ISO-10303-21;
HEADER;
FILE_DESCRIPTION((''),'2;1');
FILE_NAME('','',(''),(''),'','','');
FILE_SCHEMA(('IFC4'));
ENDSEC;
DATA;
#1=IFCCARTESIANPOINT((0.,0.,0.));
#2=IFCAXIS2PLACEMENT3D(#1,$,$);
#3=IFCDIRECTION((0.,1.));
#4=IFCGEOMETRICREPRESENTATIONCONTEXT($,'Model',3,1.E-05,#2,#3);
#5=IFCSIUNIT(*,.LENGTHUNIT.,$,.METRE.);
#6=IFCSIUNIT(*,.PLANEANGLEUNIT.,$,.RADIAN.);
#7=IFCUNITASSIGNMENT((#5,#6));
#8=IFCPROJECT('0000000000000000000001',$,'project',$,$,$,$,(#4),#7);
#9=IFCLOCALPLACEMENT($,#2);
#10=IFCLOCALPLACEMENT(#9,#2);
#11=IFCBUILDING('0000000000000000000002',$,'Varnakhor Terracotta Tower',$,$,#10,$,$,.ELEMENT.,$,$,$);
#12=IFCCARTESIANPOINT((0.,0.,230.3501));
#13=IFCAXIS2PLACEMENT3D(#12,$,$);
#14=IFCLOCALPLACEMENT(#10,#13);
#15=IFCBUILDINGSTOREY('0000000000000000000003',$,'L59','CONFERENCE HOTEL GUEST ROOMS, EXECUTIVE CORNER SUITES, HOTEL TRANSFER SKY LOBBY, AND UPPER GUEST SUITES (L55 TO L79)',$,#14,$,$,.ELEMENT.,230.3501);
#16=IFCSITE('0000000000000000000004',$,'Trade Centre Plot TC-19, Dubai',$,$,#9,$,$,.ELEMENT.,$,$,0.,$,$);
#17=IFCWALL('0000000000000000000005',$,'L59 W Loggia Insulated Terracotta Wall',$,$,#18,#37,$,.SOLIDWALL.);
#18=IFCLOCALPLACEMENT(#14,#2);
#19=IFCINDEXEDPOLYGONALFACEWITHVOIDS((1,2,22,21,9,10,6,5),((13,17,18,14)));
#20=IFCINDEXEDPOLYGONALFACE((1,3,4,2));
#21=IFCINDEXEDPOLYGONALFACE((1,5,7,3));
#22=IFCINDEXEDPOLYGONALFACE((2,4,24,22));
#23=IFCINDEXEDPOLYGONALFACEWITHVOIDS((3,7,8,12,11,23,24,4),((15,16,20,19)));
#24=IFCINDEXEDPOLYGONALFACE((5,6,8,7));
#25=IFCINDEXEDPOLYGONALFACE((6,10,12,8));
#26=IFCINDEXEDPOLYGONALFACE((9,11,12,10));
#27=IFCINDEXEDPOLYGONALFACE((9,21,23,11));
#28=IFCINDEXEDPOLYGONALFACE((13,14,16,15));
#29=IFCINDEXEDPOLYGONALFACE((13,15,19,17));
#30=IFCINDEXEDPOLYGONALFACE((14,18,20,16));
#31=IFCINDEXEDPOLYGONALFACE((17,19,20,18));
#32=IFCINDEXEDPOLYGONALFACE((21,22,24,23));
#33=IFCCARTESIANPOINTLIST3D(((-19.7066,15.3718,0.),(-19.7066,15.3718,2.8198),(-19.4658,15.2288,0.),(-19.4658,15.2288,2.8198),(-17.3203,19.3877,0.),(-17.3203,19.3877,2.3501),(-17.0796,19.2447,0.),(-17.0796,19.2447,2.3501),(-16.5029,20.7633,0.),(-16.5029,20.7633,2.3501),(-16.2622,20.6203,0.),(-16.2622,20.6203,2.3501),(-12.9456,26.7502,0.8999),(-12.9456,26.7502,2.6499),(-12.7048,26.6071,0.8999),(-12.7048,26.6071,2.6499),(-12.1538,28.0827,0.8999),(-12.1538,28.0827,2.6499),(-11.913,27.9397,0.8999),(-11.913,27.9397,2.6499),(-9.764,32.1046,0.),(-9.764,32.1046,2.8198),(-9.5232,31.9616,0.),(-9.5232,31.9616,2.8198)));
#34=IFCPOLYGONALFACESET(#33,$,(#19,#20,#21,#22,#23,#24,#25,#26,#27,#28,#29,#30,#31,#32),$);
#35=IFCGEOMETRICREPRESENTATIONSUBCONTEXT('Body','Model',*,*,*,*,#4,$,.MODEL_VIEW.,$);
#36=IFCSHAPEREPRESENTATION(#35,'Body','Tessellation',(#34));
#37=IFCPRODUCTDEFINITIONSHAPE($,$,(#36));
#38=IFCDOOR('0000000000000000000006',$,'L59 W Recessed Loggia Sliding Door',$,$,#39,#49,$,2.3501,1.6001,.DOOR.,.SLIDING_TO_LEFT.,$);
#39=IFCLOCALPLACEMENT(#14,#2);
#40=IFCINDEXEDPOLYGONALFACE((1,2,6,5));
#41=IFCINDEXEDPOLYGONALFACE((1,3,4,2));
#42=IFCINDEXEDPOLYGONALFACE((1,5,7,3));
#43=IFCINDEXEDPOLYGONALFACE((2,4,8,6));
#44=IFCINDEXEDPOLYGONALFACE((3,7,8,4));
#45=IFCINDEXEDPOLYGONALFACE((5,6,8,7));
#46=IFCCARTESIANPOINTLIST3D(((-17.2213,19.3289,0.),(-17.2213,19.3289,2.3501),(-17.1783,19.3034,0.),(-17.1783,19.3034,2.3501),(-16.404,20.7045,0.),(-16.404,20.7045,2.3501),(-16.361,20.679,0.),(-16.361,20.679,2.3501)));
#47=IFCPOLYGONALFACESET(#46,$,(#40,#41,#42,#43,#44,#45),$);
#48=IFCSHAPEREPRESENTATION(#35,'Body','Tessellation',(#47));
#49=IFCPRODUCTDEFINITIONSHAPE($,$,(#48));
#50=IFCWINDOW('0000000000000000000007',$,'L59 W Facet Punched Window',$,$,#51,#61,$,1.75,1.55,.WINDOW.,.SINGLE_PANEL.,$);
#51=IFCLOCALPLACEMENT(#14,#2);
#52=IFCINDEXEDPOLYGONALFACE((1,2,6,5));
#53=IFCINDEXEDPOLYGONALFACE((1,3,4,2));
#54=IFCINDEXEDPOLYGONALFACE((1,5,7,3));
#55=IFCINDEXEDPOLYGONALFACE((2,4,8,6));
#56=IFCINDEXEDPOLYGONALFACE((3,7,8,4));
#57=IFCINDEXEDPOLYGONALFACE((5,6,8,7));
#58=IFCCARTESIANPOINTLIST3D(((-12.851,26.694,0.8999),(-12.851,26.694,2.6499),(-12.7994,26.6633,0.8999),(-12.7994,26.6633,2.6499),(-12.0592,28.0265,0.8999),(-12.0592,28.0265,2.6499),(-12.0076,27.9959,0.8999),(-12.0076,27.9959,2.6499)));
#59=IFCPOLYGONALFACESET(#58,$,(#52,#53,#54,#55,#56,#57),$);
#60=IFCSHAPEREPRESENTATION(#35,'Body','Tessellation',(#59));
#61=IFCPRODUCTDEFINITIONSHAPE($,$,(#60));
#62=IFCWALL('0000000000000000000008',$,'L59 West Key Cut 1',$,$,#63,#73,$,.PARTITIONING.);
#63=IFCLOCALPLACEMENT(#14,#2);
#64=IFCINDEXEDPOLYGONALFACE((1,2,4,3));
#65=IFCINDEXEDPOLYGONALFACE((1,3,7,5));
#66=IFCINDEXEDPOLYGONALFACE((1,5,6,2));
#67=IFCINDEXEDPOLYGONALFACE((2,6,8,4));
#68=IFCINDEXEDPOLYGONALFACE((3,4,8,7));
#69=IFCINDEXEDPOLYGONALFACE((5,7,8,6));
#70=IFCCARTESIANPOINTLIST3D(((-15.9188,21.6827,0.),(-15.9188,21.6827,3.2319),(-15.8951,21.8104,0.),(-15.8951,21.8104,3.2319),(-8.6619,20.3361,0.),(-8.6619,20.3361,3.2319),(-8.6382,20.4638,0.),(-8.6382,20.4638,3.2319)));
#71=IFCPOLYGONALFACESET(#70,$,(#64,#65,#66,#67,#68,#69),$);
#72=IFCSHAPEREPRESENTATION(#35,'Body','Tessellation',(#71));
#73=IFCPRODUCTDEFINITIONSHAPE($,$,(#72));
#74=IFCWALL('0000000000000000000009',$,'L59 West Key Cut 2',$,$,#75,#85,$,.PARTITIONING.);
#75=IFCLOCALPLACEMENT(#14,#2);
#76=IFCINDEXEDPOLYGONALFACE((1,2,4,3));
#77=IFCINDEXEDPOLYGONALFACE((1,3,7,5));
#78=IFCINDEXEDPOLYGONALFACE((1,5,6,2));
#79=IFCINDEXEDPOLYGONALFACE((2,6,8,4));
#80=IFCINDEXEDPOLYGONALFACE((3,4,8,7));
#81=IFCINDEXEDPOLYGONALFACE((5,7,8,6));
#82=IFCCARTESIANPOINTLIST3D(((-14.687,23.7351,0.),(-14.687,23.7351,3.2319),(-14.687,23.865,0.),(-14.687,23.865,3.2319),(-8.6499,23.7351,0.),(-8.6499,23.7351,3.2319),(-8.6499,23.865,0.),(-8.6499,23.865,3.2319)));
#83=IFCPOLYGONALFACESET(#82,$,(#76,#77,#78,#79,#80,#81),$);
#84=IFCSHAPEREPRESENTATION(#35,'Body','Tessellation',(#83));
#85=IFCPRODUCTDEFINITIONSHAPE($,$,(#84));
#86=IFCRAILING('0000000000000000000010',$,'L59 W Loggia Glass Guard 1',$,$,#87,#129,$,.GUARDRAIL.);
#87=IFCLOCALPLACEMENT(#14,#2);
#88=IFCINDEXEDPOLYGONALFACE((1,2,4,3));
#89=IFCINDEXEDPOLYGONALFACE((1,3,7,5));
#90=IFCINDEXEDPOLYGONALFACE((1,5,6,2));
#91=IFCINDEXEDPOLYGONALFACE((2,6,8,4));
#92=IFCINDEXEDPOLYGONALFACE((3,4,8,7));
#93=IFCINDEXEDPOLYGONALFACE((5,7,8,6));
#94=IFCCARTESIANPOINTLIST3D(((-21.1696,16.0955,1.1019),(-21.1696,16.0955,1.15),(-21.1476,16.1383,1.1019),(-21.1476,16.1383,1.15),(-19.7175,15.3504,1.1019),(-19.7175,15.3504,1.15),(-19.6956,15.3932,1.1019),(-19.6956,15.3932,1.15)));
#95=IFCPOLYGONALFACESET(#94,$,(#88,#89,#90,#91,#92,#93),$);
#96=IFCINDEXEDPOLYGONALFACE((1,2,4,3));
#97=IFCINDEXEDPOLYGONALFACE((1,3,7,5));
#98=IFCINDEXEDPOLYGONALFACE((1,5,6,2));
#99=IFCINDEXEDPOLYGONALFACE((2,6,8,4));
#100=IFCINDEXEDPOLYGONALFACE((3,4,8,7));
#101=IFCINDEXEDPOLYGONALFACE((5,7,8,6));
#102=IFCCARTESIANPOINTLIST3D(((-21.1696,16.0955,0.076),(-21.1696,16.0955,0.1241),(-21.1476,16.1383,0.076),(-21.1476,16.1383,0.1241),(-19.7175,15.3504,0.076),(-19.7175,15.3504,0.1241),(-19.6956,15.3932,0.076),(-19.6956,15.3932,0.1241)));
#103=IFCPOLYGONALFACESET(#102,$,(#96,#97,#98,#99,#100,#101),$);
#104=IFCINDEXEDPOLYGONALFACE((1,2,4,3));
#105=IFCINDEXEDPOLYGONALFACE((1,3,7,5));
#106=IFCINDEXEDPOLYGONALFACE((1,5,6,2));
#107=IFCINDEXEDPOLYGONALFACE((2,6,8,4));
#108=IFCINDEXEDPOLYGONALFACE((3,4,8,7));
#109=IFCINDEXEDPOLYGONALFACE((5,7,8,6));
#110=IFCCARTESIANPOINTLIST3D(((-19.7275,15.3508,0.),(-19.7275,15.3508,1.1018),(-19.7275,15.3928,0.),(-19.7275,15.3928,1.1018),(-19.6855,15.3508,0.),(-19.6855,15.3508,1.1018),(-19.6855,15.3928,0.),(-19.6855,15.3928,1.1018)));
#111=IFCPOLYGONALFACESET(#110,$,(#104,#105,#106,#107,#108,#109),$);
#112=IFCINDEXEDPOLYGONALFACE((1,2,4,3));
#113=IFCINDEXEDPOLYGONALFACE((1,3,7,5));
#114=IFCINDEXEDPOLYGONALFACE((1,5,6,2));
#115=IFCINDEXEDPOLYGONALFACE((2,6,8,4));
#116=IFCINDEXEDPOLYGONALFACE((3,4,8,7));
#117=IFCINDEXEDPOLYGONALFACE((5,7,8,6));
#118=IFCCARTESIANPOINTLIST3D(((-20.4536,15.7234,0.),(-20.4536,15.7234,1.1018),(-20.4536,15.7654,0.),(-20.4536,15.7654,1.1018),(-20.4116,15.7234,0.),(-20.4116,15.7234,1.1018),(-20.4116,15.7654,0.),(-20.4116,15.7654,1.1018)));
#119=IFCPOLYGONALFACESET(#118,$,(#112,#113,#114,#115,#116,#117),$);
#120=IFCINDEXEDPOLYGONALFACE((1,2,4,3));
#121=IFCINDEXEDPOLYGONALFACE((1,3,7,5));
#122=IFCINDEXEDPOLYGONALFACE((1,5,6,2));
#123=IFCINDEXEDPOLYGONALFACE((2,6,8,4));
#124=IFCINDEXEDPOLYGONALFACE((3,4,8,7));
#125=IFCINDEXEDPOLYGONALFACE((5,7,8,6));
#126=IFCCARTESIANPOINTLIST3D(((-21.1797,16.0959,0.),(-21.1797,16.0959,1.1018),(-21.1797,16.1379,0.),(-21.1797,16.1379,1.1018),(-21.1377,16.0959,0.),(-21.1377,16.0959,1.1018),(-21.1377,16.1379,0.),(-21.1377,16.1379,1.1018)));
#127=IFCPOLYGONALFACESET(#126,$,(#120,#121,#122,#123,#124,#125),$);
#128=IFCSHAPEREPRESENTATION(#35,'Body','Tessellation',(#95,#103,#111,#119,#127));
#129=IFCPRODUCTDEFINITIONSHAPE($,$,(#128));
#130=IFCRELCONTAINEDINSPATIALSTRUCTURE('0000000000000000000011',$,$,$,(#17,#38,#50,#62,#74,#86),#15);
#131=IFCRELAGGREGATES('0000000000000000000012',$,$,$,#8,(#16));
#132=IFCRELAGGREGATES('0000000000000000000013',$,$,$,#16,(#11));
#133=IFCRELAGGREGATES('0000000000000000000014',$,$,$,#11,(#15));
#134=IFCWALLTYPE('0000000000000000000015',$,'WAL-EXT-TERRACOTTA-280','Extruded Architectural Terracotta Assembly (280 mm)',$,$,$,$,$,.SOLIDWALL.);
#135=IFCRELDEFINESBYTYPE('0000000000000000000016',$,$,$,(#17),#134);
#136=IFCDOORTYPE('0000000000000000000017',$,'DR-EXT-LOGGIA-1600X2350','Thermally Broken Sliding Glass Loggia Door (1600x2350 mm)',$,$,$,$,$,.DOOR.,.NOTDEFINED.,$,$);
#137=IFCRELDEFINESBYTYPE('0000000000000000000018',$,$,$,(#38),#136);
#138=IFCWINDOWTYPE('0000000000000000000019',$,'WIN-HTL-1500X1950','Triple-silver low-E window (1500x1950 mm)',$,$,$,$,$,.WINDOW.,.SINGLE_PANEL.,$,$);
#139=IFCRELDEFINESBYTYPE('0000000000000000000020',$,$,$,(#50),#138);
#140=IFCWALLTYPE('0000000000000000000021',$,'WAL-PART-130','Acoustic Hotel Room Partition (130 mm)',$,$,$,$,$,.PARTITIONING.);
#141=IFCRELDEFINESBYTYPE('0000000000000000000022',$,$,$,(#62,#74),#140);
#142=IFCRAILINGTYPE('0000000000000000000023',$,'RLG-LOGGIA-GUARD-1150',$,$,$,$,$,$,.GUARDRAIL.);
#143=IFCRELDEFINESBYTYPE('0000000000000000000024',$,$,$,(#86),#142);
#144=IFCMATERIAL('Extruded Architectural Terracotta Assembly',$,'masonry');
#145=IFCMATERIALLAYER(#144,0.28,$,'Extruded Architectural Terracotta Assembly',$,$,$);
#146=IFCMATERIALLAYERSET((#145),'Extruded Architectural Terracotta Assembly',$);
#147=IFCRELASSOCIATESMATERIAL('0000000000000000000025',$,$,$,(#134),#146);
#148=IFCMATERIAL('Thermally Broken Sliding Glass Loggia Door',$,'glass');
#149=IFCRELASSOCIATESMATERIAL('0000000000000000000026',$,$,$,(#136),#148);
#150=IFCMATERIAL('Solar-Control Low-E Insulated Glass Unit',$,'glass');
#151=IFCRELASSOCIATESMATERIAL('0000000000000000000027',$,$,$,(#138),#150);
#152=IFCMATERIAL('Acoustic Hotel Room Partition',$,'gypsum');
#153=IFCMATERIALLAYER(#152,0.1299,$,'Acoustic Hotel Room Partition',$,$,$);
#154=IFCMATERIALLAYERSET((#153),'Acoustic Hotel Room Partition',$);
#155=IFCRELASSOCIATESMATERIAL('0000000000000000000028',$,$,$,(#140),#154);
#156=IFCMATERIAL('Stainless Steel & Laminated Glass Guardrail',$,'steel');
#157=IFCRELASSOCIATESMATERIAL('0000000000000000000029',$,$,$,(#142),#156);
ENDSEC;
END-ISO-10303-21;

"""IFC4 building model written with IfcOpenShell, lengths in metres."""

from ifc_helpers import new_model, si_unit, direction, frame, frame_2d, origin, origin_2d, place, context, subcontext, project, spatial, rectangle, extrude, source, transform, mapped, material, layer, layer_set, type_object, type_shapes, element, fill, save


model = new_model("IFC4")

# Units and contexts
model_context = context("Model", 3, precision=1e-05, world=origin(), true_north=direction((0.0, 1.0)))
body_context = subcontext(model_context, "Body", "Model", "MODEL_VIEW")
ifc_project = project(units=[si_unit("LENGTHUNIT", "METRE"), si_unit("PLANEANGLEUNIT", "RADIAN")], contexts=[model_context])

# Site, building, storey
site_placement = place(None, origin())
site = spatial("IfcSite", under=ifc_project, at=site_placement, Name="Trade Centre Plot TC-19, Dubai", CompositionType="ELEMENT", RefElevation=0.0)
building_placement = place(site_placement, origin())
building = spatial("IfcBuilding", under=site, at=building_placement, Name="Varnakhor Terracotta Tower", CompositionType="ELEMENT")
storey_placement = place(building_placement, frame((0.0, 0.0, 230.3501)))
storey = spatial("IfcBuildingStorey", under=building, at=storey_placement, Name="L59", Description="CONFERENCE HOTEL GUEST ROOMS, EXECUTIVE CORNER SUITES, HOTEL TRANSFER SKY LOBBY, AND UPPER GUEST SUITES (L55 TO L79)", CompositionType="ELEMENT", Elevation=230.3501)

# Wall, openings, door, window
ifc_material_1 = material(Name="Extruded Architectural Terracotta Assembly", Category="masonry")
ifc_layer_1 = layer(ifc_material_1, 0.28, Name="Extruded Architectural Terracotta Assembly")
ifc_layer_set_1 = layer_set([ifc_layer_1], Name="Extruded Architectural Terracotta Assembly")
wall_type_1 = type_object("IfcWallType", Name="WAL-EXT-TERRACOTTA-280", Description="Extruded Architectural Terracotta Assembly (280 mm)", PredefinedType="SOLIDWALL", material=ifc_layer_set_1)
wall_1_placement = place(storey_placement, frame((-19.5862, 15.3003, 0.0), z_axis=(0.0, 0.0, 1.0), x_axis=(0.510822, 0.859686, 0.0)))
wall_1 = element("IfcWall", 1, at=wall_1_placement, inside=storey, type_object=wall_type_1, Name="L59 W Loggia Insulated Terracotta Wall", PredefinedType="SOLIDWALL", context=body_context, shape_type="SweptSolid", body=[
    extrude(rectangle(XDim=19.4639, YDim=0.28, at=frame_2d((9.7319, 0.0))), origin(), (0.0, 0.0, 1.0), 2.8198),
])
opening_1_placement = place(wall_1_placement, frame((4.6714, 0.0, 0.0)))
opening_1 = element("IfcOpeningElement", 2, at=opening_1_placement, cuts=wall_1, PredefinedType="OPENING", context=body_context, shape_type="SweptSolid", body=[
    extrude(rectangle(XDim=1.6001, YDim=2.3501, at=frame_2d((0.8, 1.175))), frame((0.0, 0.1499, 0.0), z_axis=(0.0, -1.0, 0.0), x_axis=(1.0, 0.0, 0.0)), (0.0, 0.0, 1.0), 0.3),
])
opening_2_placement = place(wall_1_placement, frame((13.2356, 0.0, 0.8999)))
opening_2 = element("IfcOpeningElement", 3, at=opening_2_placement, cuts=wall_1, PredefinedType="OPENING", context=body_context, shape_type="SweptSolid", body=[
    extrude(rectangle(XDim=1.55, YDim=1.75, at=frame_2d((0.7749, 0.875))), frame((0.0, 0.1499, 0.0), z_axis=(0.0, -1.0, 0.0), x_axis=(1.0, 0.0, 0.0)), (0.0, 0.0, 1.0), 0.3),
])
ifc_material_2 = material(Name="Thermally Broken Sliding Glass Loggia Door", Category="glass")
door_type_1 = type_object("IfcDoorType", Name="DR-EXT-LOGGIA-1600X2350", Description="Thermally Broken Sliding Glass Loggia Door (1600x2350 mm)", OperationType="NOTDEFINED", PredefinedType="DOOR", material=ifc_material_2)
shared_shape_1 = source(origin(), body_context, "Body", "SweptSolid", [
    extrude(rectangle(XDim=1.6001, YDim=2.3501, at=frame_2d((0.8, 1.175))), frame((0.0, 0.0249, 0.0), z_axis=(0.0, -1.0, 0.0), x_axis=(1.0, 0.0, 0.0)), (0.0, 0.0, 1.0), 0.05),
])
type_shapes(door_type_1, [shared_shape_1])
door_1_placement = place(opening_1_placement, origin())
door_1 = element("IfcDoor", 4, at=door_1_placement, inside=storey, type_object=door_type_1, Name="L59 W Recessed Loggia Sliding Door", OperationType="SLIDING_TO_LEFT", OverallHeight=2.3501, OverallWidth=1.6001, PredefinedType="DOOR", context=body_context, shape_type="MappedRepresentation", body=[
    mapped(shared_shape_1, transform((0.0, 0.0, 0.0), scale=1.0)),
])
fill(opening_1, door_1)
ifc_material_3 = material(Name="Solar-Control Low-E Insulated Glass Unit", Category="glass")
window_type = type_object("IfcWindowType", Name="WIN-HTL-1500X1950", Description="Triple-silver low-E window (1500x1950 mm)", PartitioningType="SINGLE_PANEL", PredefinedType="WINDOW", material=ifc_material_3)
shared_shape_2 = source(origin(), body_context, "Body", "SweptSolid", [
    extrude(rectangle(XDim=1.55, YDim=1.75, at=frame_2d((0.7749, 0.875))), frame((0.0, 0.03, 0.0), z_axis=(0.0, -1.0, 0.0), x_axis=(1.0, 0.0, 0.0)), (0.0, 0.0, 1.0), 0.0601),
])
type_shapes(window_type, [shared_shape_2])
window_placement = place(opening_2_placement, origin())
window = element("IfcWindow", 5, at=window_placement, inside=storey, type_object=window_type, Name="L59 W Facet Punched Window", OverallHeight=1.75, OverallWidth=1.55, PartitioningType="SINGLE_PANEL", PredefinedType="WINDOW", context=body_context, shape_type="MappedRepresentation", body=[
    mapped(shared_shape_2, transform((0.0, 0.0, 0.0), scale=1.0)),
])
fill(opening_2, window)

# Walls
ifc_material_4 = material(Name="Acoustic Hotel Room Partition", Category="gypsum")
ifc_layer_2 = layer(ifc_material_4, 0.1299, Name="Acoustic Hotel Room Partition")
ifc_layer_set_2 = layer_set([ifc_layer_2], Name="Acoustic Hotel Room Partition")
wall_type_2 = type_object("IfcWallType", Name="WAL-PART-130", Description="Acoustic Hotel Room Partition (130 mm)", PredefinedType="PARTITIONING", material=ifc_layer_set_2)
wall_2_placement = place(storey_placement, frame((-15.907, 21.7466, 0.0), z_axis=(0.0, 0.0, 1.0), x_axis=(0.983215, -0.182453, 0.0)))
element("IfcWall", 6, at=wall_2_placement, inside=storey, type_object=wall_type_2, Name="L59 West Key Cut 1", PredefinedType="PARTITIONING", context=body_context, shape_type="SweptSolid", body=[
    extrude(rectangle(XDim=7.3809, YDim=0.1299, at=frame_2d((3.6904, 0.0))), origin(), (0.0, 0.0, 1.0), 3.2319),
])
wall_3_placement = place(storey_placement, frame((-14.687, 23.8, 0.0), z_axis=(0.0, 0.0, 1.0), x_axis=(1.0, 0.0, 0.0)))
element("IfcWall", 7, at=wall_3_placement, inside=storey, type_object=wall_type_2, Name="L59 West Key Cut 2", PredefinedType="PARTITIONING", context=body_context, shape_type="SweptSolid", body=[
    extrude(rectangle(XDim=6.0371, YDim=0.1299, at=frame_2d((3.0186, 0.0))), origin(), (0.0, 0.0, 1.0), 3.2319),
])

# Railing
ifc_material_5 = material(Name="Stainless Steel & Laminated Glass Guardrail", Category="steel")
railing_type = type_object("IfcRailingType", Name="RLG-LOGGIA-GUARD-1150", PredefinedType="GUARDRAIL", material=ifc_material_5)
railing_1_placement = place(storey_placement, frame((-19.7065, 15.3718, 0.0)))
element("IfcRailing", 8, at=railing_1_placement, inside=storey, type_object=railing_type, Name="L59 W Loggia Glass Guard 1", PredefinedType="GUARDRAIL", context=body_context, shape_type="SweptSolid", body=[
    extrude(rectangle(XDim=0.0481, YDim=0.0481, at=origin_2d()), frame((0.0, 0.0, 1.126), z_axis=(-0.889712, 0.456523, 0.0), x_axis=(-0.456523, -0.889712, 0.0)), (0.0, 0.0, 1.0), 1.6321),
    extrude(rectangle(XDim=0.0481, YDim=0.0481, at=origin_2d()), frame((0.0, 0.0, 0.1001), z_axis=(-0.889712, 0.456523, 0.0), x_axis=(-0.456523, -0.889712, 0.0)), (0.0, 0.0, 1.0), 1.6321),
    extrude(rectangle(XDim=0.042, YDim=0.042, at=origin_2d()), origin(), (0.0, 0.0, 1.0), 1.1018),
    extrude(rectangle(XDim=0.042, YDim=0.042, at=origin_2d()), frame((-0.7261, 0.3726, 0.0)), (0.0, 0.0, 1.0), 1.1018),
    extrude(rectangle(XDim=0.042, YDim=0.042, at=origin_2d()), frame((-1.4521, 0.7451, 0.0)), (0.0, 0.0, 1.0), 1.1018),
])

save(model, "model.ifc")
